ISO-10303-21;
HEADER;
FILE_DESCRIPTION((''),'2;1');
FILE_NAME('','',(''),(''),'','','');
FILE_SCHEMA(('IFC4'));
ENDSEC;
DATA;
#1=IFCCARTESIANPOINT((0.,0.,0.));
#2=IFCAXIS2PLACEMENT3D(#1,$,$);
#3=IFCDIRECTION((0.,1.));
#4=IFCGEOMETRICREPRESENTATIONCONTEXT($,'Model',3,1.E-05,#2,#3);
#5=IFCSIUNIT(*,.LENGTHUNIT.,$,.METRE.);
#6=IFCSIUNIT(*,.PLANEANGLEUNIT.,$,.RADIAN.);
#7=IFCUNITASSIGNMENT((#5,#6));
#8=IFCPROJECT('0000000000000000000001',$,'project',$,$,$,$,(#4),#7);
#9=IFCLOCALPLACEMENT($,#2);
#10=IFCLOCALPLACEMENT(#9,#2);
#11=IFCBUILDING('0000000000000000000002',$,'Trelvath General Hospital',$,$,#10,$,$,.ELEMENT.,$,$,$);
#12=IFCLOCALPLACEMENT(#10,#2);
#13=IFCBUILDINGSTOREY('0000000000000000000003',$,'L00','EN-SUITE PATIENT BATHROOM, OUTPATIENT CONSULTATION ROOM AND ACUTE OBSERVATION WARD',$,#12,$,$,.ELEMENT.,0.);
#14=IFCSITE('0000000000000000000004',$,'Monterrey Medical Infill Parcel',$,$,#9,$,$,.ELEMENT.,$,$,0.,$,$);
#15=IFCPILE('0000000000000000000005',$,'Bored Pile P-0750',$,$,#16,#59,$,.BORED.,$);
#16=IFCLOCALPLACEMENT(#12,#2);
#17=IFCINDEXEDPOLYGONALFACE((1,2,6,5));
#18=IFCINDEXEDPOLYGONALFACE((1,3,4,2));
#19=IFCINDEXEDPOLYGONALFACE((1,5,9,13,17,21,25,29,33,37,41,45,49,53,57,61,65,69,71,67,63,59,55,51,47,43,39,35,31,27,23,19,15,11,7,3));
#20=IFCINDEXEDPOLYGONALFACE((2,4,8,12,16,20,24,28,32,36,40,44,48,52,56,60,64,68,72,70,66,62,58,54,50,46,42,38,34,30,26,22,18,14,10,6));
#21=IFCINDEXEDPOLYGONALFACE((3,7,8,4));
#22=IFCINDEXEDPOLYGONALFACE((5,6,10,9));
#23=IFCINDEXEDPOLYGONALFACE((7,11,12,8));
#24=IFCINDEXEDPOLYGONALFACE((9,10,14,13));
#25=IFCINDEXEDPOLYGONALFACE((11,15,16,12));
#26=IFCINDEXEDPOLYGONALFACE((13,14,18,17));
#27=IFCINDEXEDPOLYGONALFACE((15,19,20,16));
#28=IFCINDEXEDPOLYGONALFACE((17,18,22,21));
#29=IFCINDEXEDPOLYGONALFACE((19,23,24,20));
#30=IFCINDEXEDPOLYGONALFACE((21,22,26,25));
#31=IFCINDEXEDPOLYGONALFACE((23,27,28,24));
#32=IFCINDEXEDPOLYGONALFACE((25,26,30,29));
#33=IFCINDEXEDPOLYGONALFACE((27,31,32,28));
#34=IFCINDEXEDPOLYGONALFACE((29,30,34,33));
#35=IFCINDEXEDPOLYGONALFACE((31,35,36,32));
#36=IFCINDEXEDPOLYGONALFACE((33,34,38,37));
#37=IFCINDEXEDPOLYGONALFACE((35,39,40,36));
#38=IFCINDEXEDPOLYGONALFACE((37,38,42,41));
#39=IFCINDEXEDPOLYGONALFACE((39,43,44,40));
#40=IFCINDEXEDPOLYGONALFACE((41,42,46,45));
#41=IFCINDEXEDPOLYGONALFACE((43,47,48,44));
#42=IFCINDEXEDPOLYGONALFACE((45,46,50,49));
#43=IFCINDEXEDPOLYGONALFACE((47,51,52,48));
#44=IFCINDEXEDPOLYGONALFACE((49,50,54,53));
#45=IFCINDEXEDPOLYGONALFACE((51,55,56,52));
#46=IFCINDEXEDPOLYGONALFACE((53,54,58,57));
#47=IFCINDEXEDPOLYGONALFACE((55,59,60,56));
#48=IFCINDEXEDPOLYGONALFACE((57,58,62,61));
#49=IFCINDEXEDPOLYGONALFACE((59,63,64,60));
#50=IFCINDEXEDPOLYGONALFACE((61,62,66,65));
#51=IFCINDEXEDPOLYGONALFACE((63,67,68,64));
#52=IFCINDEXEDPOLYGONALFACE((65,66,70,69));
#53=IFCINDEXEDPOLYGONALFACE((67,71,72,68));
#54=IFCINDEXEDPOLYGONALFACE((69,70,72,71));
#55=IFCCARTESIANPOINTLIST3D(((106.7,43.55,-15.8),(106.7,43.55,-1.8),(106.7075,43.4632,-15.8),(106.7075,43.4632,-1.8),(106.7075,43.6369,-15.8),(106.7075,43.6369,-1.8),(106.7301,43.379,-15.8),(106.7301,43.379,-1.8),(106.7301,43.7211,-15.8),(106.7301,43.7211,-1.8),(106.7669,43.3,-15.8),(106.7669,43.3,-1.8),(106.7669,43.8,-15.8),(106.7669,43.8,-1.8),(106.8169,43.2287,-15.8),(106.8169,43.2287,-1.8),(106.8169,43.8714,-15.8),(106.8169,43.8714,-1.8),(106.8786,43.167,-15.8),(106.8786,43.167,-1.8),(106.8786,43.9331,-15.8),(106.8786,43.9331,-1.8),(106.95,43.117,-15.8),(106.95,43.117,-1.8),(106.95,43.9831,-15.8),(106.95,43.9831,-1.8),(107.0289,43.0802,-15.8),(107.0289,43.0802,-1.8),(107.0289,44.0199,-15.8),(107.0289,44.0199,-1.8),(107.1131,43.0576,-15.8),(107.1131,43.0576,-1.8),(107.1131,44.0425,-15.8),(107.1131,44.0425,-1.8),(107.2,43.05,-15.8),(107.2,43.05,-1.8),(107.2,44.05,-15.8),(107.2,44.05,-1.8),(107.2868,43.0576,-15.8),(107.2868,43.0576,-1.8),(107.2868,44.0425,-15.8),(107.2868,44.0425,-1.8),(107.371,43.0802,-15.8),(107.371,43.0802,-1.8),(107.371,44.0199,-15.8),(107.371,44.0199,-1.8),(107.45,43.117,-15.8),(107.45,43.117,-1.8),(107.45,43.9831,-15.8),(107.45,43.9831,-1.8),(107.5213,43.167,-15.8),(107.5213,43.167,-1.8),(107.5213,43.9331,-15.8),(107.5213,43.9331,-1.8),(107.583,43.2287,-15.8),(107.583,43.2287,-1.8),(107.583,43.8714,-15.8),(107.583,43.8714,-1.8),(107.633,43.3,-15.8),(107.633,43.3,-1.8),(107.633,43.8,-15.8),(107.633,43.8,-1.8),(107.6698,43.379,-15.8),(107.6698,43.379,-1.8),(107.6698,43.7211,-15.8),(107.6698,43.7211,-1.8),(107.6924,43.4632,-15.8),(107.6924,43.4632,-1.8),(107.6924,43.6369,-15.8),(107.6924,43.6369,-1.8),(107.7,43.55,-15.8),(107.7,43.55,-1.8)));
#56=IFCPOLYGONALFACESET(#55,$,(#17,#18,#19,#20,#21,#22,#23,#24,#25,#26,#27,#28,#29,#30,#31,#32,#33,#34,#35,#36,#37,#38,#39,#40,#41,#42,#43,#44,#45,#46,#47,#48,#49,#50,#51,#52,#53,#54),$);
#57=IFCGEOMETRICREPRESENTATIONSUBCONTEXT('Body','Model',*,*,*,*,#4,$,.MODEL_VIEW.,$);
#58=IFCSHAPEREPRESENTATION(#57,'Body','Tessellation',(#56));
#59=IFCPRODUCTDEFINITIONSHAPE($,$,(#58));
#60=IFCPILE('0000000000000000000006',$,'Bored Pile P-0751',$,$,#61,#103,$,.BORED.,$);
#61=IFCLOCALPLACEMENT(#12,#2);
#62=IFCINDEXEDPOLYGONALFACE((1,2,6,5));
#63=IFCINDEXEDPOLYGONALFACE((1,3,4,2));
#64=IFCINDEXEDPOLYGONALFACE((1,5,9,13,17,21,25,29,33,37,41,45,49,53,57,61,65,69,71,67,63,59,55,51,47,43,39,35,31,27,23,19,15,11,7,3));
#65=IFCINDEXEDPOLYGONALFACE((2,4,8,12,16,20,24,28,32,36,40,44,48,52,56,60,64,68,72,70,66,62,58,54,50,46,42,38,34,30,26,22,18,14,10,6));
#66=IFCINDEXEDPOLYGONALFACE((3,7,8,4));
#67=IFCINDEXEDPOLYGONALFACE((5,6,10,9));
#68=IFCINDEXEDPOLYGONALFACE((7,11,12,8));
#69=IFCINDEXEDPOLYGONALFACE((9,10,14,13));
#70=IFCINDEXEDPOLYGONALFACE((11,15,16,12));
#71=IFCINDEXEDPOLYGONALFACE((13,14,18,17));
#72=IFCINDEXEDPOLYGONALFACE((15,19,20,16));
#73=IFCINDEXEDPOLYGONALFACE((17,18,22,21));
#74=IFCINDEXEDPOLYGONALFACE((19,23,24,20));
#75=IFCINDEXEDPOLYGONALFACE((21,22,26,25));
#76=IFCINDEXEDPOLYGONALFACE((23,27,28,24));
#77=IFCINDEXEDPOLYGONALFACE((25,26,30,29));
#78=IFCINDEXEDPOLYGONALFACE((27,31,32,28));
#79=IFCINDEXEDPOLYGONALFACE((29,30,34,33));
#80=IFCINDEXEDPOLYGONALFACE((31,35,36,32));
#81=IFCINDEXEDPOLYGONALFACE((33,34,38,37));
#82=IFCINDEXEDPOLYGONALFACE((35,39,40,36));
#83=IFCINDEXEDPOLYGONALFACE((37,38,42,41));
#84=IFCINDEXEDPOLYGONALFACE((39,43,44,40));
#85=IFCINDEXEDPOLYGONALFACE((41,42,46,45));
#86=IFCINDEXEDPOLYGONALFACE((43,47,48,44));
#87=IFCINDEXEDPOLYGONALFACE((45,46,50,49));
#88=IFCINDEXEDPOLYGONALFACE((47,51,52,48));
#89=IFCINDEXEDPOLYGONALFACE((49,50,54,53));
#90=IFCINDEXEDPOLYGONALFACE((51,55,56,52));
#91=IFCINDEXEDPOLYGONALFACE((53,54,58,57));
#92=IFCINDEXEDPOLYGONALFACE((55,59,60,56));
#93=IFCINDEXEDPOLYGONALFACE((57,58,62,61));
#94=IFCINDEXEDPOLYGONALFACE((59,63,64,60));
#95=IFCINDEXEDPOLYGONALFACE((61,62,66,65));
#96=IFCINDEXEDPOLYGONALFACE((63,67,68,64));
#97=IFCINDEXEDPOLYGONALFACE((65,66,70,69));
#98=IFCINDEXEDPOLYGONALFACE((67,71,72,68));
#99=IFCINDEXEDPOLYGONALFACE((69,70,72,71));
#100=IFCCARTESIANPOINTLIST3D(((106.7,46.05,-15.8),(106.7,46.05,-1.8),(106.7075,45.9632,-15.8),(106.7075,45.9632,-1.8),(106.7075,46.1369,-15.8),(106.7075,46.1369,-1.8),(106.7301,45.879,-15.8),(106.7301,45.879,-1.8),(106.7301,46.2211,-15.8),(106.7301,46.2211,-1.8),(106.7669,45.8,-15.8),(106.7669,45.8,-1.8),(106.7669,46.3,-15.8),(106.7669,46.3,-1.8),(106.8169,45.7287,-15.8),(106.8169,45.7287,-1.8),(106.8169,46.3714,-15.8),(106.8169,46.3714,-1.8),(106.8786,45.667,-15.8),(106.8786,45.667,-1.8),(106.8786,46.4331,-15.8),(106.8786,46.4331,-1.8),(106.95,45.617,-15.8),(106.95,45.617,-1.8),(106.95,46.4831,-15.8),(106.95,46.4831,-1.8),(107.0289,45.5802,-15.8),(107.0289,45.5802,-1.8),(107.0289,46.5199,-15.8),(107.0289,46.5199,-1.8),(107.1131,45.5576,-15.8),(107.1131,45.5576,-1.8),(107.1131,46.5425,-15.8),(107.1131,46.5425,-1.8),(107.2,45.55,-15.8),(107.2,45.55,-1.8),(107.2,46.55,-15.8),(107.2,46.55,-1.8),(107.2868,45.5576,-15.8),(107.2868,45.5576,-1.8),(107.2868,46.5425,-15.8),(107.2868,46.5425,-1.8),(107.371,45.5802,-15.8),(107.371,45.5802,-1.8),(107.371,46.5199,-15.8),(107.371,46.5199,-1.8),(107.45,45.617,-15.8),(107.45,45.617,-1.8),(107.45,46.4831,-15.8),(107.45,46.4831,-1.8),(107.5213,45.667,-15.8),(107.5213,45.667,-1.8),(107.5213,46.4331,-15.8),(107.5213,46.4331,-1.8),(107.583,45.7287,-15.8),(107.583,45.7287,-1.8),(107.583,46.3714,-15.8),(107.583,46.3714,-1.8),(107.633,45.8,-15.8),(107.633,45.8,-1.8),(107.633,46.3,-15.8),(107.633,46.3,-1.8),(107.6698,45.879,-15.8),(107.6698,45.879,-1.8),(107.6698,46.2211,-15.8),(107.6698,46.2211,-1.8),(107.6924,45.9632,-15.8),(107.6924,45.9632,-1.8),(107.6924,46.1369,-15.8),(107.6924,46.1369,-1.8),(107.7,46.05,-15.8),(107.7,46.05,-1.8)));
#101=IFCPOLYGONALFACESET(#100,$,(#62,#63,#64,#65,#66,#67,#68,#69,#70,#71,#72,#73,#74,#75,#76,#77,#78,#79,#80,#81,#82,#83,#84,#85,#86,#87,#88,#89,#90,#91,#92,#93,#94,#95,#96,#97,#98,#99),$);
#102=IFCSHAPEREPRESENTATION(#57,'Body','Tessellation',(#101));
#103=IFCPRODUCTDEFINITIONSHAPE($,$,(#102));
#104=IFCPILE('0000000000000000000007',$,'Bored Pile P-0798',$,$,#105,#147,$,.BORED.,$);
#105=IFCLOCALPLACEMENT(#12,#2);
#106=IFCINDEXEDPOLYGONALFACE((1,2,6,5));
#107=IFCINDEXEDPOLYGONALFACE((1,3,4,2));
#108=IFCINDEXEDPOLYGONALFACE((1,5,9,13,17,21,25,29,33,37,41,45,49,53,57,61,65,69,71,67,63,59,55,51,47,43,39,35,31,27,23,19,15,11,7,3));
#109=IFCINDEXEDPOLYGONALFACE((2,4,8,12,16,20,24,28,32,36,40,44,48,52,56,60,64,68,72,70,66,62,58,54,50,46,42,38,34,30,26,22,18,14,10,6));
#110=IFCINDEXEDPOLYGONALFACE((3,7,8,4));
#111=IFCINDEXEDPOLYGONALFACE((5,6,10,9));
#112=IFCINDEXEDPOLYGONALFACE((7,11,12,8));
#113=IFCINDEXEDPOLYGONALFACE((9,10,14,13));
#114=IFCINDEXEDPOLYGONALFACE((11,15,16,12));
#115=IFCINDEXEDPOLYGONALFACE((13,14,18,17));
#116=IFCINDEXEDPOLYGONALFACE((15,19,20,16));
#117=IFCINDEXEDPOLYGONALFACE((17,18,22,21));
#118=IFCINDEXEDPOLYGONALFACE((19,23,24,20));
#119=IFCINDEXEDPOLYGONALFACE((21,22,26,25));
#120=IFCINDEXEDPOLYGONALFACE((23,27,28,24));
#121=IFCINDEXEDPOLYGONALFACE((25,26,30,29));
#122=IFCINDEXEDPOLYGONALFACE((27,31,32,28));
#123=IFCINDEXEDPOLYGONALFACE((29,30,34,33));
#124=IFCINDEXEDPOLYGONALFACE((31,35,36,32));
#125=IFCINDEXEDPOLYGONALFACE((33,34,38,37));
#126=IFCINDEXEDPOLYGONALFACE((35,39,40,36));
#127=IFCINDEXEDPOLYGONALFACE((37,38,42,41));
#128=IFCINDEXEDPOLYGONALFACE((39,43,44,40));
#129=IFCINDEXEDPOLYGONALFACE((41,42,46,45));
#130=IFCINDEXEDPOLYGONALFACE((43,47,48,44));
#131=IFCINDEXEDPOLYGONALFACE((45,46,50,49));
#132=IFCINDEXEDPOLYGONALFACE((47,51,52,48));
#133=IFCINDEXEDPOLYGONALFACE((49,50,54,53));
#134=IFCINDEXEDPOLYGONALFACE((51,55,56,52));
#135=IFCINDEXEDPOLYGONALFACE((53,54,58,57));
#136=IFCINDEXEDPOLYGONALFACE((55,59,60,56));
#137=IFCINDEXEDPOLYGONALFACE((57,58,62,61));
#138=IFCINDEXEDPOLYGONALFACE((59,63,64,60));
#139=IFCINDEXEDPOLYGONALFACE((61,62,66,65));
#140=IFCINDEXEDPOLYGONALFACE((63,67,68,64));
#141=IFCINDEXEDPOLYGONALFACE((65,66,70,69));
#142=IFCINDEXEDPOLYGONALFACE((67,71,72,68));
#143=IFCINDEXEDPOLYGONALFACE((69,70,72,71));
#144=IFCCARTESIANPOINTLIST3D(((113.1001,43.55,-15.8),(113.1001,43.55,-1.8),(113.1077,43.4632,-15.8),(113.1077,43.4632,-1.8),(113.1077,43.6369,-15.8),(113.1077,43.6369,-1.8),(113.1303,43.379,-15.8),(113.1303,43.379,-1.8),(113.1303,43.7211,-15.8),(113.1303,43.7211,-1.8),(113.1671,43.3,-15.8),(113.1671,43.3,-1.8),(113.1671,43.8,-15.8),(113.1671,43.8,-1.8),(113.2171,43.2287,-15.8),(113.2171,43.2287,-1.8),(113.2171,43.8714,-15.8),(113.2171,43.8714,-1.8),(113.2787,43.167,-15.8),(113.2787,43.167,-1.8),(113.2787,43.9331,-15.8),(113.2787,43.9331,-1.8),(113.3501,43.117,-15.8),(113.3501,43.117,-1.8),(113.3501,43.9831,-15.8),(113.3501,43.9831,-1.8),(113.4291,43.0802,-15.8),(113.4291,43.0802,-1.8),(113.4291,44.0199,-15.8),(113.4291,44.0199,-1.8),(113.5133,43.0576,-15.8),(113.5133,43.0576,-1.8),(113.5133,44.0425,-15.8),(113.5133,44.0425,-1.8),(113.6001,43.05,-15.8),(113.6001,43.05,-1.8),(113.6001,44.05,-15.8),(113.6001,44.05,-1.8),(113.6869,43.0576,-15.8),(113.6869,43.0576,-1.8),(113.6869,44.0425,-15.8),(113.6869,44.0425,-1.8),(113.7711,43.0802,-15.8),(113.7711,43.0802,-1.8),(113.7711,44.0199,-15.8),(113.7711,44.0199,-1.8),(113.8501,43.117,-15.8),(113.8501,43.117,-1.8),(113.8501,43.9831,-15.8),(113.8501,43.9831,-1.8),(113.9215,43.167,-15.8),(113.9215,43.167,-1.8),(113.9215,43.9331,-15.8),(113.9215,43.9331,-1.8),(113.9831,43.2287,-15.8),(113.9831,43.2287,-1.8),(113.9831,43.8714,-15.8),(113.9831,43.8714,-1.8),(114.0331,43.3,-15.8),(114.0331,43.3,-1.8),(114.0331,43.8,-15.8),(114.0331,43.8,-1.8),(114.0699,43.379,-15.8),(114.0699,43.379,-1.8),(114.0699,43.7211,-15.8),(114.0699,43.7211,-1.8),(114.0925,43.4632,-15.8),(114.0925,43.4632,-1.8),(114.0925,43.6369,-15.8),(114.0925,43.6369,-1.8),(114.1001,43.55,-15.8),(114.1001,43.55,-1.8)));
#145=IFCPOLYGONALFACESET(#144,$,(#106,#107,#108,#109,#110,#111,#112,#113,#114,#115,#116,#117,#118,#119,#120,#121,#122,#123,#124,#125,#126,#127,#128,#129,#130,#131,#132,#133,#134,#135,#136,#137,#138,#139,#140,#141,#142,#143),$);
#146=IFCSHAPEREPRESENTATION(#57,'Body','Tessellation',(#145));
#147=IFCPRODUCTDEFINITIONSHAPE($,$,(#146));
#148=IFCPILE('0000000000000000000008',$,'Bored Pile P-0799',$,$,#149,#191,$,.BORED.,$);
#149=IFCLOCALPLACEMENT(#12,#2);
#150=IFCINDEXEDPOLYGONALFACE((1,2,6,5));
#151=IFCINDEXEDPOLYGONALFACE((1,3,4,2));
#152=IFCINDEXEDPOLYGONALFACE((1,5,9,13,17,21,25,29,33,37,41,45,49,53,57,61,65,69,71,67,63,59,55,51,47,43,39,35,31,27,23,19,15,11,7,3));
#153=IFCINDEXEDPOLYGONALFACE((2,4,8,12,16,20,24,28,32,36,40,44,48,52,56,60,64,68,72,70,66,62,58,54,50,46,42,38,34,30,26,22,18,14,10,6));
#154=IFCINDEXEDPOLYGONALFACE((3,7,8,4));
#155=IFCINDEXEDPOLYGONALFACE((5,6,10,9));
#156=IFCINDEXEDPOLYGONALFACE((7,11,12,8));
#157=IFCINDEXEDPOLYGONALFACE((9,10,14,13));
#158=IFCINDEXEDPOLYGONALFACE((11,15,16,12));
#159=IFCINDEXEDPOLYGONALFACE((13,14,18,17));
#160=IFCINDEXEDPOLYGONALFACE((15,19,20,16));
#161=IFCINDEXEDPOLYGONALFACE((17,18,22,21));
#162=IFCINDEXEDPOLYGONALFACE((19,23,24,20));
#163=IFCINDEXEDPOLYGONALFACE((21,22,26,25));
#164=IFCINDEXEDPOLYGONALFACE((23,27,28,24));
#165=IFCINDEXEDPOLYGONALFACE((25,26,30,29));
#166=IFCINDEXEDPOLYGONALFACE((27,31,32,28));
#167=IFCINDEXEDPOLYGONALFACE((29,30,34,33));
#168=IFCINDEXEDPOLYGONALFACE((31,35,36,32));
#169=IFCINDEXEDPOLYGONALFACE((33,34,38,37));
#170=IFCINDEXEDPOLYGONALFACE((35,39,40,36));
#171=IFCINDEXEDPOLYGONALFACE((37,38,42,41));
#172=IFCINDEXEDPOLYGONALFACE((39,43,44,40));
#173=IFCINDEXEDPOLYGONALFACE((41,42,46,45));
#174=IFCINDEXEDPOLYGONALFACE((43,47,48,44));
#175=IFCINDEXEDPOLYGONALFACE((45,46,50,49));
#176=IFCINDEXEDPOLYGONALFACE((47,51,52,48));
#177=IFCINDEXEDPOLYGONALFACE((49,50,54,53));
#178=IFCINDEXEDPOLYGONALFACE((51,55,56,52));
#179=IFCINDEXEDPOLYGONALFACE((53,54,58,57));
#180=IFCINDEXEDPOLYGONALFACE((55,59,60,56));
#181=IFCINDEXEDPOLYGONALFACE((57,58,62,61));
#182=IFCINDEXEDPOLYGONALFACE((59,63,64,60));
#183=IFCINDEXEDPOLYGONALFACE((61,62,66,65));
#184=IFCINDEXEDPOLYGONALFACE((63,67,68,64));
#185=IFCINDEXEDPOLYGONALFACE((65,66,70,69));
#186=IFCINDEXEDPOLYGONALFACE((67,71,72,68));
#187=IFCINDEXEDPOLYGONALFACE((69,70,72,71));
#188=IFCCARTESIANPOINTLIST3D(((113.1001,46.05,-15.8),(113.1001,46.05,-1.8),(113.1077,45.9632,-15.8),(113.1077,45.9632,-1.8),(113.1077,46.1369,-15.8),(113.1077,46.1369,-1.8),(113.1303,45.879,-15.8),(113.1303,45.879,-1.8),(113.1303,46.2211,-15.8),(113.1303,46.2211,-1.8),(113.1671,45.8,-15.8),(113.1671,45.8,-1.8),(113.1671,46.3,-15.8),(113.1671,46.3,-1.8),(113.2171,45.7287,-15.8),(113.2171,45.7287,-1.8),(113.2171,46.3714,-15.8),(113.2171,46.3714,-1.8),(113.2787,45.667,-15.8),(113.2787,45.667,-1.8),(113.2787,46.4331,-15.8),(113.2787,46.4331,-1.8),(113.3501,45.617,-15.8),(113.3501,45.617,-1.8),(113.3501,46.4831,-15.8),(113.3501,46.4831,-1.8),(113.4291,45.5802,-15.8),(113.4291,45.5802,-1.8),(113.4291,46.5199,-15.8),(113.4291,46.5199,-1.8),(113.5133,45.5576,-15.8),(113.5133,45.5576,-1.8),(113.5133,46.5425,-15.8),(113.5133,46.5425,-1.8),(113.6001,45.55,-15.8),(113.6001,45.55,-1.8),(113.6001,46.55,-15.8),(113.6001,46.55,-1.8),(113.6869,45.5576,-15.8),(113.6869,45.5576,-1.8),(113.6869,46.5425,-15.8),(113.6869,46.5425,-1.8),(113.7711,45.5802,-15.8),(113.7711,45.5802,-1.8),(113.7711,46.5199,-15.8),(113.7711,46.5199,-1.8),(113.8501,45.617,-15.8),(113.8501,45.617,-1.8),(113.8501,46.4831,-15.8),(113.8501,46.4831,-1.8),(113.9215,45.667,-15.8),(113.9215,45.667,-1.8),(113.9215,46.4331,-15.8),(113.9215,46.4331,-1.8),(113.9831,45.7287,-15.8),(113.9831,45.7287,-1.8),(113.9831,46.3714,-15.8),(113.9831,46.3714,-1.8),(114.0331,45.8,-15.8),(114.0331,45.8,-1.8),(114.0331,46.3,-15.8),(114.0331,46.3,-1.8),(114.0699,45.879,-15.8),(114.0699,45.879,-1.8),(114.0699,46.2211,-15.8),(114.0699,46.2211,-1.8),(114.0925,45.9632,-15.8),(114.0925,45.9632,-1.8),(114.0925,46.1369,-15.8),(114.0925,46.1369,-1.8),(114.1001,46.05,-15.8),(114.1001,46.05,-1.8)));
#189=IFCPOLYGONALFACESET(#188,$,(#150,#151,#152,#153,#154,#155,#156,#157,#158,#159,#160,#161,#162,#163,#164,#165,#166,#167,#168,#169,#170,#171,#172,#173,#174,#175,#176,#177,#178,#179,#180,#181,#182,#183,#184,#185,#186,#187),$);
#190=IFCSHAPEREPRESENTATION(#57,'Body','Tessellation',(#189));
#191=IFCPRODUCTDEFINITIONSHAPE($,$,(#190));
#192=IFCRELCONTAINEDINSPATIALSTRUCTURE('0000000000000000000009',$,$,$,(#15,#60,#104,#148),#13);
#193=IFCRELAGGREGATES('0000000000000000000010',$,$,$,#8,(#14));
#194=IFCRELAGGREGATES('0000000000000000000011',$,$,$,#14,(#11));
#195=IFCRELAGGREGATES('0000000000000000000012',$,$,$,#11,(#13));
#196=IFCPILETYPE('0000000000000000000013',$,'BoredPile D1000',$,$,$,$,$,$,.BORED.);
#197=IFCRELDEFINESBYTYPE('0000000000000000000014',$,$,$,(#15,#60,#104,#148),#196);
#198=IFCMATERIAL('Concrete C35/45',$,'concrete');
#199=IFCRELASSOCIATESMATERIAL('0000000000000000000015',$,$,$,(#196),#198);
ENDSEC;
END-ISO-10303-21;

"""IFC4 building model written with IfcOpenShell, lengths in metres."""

from ifc_helpers import new_model, si_unit, direction, frame, origin, origin_2d, place, context, subcontext, project, spatial, circle, extrude, material, material_profile, profile_set, type_object, element, save


model = new_model("IFC4")

# Units and contexts
model_context = context("Model", 3, precision=1e-05, world=origin(), true_north=direction((0.0, 1.0)))
body_context = subcontext(model_context, "Body", "Model", "MODEL_VIEW")
ifc_project = project(units=[si_unit("LENGTHUNIT", "METRE"), si_unit("PLANEANGLEUNIT", "RADIAN")], contexts=[model_context])

# Site, building, storey
site_placement = place(None, origin())
site = spatial("IfcSite", under=ifc_project, at=site_placement, Name="Monterrey Medical Infill Parcel", CompositionType="ELEMENT", RefElevation=0.0)
building_placement = place(site_placement, origin())
building = spatial("IfcBuilding", under=site, at=building_placement, Name="Trelvath General Hospital", CompositionType="ELEMENT")
storey_placement = place(building_placement, origin())
storey = spatial("IfcBuildingStorey", under=building, at=storey_placement, Name="L00", Description="EN-SUITE PATIENT BATHROOM, OUTPATIENT CONSULTATION ROOM AND ACUTE OBSERVATION WARD", CompositionType="ELEMENT", Elevation=0.0)

# Piles
ifc_material_1 = material(Name="Concrete C35/45", Category="concrete")
ifc_material_profile_1 = material_profile(ifc_material_1, circle(Radius=0.5, at=origin_2d()), Name="PILE1000")
ifc_profile_set_1 = profile_set([ifc_material_profile_1], Name="Concrete C35/45")
pile_type_1 = type_object("IfcPileType", Name="BoredPile D1000", PredefinedType="BORED", material=ifc_profile_set_1)
for number, where, z_axis, x_axis, name in (
    (1, (107.2, 43.55, -1.8), (0.0, 0.0, -1.0), (1.0, 0.0, 0.0), "Bored Pile P-0750"),
    (2, (107.2, 46.05, -1.8), (0.0, 0.0, -1.0), (1.0, 0.0, 0.0), "Bored Pile P-0751"),
    (3, (113.6001, 43.55, -1.8), (0.0, 0.0, -1.0), (1.0, 0.0, 0.0), "Bored Pile P-0798"),
    (4, (113.6001, 46.05, -1.8), (0.0, 0.0, -1.0), (1.0, 0.0, 0.0), "Bored Pile P-0799"),
):
    element("IfcPile", number, at=place(storey_placement, frame(where, z_axis=z_axis, x_axis=x_axis)), inside=storey, type_object=pile_type_1, Name=name, PredefinedType="BORED", context=body_context, shape_type="SweptSolid", body=[
        extrude(circle(Radius=0.5, at=origin_2d()), origin(), (0.0, 0.0, 1.0), 14.0),
    ])

save(model, "model.ifc")
